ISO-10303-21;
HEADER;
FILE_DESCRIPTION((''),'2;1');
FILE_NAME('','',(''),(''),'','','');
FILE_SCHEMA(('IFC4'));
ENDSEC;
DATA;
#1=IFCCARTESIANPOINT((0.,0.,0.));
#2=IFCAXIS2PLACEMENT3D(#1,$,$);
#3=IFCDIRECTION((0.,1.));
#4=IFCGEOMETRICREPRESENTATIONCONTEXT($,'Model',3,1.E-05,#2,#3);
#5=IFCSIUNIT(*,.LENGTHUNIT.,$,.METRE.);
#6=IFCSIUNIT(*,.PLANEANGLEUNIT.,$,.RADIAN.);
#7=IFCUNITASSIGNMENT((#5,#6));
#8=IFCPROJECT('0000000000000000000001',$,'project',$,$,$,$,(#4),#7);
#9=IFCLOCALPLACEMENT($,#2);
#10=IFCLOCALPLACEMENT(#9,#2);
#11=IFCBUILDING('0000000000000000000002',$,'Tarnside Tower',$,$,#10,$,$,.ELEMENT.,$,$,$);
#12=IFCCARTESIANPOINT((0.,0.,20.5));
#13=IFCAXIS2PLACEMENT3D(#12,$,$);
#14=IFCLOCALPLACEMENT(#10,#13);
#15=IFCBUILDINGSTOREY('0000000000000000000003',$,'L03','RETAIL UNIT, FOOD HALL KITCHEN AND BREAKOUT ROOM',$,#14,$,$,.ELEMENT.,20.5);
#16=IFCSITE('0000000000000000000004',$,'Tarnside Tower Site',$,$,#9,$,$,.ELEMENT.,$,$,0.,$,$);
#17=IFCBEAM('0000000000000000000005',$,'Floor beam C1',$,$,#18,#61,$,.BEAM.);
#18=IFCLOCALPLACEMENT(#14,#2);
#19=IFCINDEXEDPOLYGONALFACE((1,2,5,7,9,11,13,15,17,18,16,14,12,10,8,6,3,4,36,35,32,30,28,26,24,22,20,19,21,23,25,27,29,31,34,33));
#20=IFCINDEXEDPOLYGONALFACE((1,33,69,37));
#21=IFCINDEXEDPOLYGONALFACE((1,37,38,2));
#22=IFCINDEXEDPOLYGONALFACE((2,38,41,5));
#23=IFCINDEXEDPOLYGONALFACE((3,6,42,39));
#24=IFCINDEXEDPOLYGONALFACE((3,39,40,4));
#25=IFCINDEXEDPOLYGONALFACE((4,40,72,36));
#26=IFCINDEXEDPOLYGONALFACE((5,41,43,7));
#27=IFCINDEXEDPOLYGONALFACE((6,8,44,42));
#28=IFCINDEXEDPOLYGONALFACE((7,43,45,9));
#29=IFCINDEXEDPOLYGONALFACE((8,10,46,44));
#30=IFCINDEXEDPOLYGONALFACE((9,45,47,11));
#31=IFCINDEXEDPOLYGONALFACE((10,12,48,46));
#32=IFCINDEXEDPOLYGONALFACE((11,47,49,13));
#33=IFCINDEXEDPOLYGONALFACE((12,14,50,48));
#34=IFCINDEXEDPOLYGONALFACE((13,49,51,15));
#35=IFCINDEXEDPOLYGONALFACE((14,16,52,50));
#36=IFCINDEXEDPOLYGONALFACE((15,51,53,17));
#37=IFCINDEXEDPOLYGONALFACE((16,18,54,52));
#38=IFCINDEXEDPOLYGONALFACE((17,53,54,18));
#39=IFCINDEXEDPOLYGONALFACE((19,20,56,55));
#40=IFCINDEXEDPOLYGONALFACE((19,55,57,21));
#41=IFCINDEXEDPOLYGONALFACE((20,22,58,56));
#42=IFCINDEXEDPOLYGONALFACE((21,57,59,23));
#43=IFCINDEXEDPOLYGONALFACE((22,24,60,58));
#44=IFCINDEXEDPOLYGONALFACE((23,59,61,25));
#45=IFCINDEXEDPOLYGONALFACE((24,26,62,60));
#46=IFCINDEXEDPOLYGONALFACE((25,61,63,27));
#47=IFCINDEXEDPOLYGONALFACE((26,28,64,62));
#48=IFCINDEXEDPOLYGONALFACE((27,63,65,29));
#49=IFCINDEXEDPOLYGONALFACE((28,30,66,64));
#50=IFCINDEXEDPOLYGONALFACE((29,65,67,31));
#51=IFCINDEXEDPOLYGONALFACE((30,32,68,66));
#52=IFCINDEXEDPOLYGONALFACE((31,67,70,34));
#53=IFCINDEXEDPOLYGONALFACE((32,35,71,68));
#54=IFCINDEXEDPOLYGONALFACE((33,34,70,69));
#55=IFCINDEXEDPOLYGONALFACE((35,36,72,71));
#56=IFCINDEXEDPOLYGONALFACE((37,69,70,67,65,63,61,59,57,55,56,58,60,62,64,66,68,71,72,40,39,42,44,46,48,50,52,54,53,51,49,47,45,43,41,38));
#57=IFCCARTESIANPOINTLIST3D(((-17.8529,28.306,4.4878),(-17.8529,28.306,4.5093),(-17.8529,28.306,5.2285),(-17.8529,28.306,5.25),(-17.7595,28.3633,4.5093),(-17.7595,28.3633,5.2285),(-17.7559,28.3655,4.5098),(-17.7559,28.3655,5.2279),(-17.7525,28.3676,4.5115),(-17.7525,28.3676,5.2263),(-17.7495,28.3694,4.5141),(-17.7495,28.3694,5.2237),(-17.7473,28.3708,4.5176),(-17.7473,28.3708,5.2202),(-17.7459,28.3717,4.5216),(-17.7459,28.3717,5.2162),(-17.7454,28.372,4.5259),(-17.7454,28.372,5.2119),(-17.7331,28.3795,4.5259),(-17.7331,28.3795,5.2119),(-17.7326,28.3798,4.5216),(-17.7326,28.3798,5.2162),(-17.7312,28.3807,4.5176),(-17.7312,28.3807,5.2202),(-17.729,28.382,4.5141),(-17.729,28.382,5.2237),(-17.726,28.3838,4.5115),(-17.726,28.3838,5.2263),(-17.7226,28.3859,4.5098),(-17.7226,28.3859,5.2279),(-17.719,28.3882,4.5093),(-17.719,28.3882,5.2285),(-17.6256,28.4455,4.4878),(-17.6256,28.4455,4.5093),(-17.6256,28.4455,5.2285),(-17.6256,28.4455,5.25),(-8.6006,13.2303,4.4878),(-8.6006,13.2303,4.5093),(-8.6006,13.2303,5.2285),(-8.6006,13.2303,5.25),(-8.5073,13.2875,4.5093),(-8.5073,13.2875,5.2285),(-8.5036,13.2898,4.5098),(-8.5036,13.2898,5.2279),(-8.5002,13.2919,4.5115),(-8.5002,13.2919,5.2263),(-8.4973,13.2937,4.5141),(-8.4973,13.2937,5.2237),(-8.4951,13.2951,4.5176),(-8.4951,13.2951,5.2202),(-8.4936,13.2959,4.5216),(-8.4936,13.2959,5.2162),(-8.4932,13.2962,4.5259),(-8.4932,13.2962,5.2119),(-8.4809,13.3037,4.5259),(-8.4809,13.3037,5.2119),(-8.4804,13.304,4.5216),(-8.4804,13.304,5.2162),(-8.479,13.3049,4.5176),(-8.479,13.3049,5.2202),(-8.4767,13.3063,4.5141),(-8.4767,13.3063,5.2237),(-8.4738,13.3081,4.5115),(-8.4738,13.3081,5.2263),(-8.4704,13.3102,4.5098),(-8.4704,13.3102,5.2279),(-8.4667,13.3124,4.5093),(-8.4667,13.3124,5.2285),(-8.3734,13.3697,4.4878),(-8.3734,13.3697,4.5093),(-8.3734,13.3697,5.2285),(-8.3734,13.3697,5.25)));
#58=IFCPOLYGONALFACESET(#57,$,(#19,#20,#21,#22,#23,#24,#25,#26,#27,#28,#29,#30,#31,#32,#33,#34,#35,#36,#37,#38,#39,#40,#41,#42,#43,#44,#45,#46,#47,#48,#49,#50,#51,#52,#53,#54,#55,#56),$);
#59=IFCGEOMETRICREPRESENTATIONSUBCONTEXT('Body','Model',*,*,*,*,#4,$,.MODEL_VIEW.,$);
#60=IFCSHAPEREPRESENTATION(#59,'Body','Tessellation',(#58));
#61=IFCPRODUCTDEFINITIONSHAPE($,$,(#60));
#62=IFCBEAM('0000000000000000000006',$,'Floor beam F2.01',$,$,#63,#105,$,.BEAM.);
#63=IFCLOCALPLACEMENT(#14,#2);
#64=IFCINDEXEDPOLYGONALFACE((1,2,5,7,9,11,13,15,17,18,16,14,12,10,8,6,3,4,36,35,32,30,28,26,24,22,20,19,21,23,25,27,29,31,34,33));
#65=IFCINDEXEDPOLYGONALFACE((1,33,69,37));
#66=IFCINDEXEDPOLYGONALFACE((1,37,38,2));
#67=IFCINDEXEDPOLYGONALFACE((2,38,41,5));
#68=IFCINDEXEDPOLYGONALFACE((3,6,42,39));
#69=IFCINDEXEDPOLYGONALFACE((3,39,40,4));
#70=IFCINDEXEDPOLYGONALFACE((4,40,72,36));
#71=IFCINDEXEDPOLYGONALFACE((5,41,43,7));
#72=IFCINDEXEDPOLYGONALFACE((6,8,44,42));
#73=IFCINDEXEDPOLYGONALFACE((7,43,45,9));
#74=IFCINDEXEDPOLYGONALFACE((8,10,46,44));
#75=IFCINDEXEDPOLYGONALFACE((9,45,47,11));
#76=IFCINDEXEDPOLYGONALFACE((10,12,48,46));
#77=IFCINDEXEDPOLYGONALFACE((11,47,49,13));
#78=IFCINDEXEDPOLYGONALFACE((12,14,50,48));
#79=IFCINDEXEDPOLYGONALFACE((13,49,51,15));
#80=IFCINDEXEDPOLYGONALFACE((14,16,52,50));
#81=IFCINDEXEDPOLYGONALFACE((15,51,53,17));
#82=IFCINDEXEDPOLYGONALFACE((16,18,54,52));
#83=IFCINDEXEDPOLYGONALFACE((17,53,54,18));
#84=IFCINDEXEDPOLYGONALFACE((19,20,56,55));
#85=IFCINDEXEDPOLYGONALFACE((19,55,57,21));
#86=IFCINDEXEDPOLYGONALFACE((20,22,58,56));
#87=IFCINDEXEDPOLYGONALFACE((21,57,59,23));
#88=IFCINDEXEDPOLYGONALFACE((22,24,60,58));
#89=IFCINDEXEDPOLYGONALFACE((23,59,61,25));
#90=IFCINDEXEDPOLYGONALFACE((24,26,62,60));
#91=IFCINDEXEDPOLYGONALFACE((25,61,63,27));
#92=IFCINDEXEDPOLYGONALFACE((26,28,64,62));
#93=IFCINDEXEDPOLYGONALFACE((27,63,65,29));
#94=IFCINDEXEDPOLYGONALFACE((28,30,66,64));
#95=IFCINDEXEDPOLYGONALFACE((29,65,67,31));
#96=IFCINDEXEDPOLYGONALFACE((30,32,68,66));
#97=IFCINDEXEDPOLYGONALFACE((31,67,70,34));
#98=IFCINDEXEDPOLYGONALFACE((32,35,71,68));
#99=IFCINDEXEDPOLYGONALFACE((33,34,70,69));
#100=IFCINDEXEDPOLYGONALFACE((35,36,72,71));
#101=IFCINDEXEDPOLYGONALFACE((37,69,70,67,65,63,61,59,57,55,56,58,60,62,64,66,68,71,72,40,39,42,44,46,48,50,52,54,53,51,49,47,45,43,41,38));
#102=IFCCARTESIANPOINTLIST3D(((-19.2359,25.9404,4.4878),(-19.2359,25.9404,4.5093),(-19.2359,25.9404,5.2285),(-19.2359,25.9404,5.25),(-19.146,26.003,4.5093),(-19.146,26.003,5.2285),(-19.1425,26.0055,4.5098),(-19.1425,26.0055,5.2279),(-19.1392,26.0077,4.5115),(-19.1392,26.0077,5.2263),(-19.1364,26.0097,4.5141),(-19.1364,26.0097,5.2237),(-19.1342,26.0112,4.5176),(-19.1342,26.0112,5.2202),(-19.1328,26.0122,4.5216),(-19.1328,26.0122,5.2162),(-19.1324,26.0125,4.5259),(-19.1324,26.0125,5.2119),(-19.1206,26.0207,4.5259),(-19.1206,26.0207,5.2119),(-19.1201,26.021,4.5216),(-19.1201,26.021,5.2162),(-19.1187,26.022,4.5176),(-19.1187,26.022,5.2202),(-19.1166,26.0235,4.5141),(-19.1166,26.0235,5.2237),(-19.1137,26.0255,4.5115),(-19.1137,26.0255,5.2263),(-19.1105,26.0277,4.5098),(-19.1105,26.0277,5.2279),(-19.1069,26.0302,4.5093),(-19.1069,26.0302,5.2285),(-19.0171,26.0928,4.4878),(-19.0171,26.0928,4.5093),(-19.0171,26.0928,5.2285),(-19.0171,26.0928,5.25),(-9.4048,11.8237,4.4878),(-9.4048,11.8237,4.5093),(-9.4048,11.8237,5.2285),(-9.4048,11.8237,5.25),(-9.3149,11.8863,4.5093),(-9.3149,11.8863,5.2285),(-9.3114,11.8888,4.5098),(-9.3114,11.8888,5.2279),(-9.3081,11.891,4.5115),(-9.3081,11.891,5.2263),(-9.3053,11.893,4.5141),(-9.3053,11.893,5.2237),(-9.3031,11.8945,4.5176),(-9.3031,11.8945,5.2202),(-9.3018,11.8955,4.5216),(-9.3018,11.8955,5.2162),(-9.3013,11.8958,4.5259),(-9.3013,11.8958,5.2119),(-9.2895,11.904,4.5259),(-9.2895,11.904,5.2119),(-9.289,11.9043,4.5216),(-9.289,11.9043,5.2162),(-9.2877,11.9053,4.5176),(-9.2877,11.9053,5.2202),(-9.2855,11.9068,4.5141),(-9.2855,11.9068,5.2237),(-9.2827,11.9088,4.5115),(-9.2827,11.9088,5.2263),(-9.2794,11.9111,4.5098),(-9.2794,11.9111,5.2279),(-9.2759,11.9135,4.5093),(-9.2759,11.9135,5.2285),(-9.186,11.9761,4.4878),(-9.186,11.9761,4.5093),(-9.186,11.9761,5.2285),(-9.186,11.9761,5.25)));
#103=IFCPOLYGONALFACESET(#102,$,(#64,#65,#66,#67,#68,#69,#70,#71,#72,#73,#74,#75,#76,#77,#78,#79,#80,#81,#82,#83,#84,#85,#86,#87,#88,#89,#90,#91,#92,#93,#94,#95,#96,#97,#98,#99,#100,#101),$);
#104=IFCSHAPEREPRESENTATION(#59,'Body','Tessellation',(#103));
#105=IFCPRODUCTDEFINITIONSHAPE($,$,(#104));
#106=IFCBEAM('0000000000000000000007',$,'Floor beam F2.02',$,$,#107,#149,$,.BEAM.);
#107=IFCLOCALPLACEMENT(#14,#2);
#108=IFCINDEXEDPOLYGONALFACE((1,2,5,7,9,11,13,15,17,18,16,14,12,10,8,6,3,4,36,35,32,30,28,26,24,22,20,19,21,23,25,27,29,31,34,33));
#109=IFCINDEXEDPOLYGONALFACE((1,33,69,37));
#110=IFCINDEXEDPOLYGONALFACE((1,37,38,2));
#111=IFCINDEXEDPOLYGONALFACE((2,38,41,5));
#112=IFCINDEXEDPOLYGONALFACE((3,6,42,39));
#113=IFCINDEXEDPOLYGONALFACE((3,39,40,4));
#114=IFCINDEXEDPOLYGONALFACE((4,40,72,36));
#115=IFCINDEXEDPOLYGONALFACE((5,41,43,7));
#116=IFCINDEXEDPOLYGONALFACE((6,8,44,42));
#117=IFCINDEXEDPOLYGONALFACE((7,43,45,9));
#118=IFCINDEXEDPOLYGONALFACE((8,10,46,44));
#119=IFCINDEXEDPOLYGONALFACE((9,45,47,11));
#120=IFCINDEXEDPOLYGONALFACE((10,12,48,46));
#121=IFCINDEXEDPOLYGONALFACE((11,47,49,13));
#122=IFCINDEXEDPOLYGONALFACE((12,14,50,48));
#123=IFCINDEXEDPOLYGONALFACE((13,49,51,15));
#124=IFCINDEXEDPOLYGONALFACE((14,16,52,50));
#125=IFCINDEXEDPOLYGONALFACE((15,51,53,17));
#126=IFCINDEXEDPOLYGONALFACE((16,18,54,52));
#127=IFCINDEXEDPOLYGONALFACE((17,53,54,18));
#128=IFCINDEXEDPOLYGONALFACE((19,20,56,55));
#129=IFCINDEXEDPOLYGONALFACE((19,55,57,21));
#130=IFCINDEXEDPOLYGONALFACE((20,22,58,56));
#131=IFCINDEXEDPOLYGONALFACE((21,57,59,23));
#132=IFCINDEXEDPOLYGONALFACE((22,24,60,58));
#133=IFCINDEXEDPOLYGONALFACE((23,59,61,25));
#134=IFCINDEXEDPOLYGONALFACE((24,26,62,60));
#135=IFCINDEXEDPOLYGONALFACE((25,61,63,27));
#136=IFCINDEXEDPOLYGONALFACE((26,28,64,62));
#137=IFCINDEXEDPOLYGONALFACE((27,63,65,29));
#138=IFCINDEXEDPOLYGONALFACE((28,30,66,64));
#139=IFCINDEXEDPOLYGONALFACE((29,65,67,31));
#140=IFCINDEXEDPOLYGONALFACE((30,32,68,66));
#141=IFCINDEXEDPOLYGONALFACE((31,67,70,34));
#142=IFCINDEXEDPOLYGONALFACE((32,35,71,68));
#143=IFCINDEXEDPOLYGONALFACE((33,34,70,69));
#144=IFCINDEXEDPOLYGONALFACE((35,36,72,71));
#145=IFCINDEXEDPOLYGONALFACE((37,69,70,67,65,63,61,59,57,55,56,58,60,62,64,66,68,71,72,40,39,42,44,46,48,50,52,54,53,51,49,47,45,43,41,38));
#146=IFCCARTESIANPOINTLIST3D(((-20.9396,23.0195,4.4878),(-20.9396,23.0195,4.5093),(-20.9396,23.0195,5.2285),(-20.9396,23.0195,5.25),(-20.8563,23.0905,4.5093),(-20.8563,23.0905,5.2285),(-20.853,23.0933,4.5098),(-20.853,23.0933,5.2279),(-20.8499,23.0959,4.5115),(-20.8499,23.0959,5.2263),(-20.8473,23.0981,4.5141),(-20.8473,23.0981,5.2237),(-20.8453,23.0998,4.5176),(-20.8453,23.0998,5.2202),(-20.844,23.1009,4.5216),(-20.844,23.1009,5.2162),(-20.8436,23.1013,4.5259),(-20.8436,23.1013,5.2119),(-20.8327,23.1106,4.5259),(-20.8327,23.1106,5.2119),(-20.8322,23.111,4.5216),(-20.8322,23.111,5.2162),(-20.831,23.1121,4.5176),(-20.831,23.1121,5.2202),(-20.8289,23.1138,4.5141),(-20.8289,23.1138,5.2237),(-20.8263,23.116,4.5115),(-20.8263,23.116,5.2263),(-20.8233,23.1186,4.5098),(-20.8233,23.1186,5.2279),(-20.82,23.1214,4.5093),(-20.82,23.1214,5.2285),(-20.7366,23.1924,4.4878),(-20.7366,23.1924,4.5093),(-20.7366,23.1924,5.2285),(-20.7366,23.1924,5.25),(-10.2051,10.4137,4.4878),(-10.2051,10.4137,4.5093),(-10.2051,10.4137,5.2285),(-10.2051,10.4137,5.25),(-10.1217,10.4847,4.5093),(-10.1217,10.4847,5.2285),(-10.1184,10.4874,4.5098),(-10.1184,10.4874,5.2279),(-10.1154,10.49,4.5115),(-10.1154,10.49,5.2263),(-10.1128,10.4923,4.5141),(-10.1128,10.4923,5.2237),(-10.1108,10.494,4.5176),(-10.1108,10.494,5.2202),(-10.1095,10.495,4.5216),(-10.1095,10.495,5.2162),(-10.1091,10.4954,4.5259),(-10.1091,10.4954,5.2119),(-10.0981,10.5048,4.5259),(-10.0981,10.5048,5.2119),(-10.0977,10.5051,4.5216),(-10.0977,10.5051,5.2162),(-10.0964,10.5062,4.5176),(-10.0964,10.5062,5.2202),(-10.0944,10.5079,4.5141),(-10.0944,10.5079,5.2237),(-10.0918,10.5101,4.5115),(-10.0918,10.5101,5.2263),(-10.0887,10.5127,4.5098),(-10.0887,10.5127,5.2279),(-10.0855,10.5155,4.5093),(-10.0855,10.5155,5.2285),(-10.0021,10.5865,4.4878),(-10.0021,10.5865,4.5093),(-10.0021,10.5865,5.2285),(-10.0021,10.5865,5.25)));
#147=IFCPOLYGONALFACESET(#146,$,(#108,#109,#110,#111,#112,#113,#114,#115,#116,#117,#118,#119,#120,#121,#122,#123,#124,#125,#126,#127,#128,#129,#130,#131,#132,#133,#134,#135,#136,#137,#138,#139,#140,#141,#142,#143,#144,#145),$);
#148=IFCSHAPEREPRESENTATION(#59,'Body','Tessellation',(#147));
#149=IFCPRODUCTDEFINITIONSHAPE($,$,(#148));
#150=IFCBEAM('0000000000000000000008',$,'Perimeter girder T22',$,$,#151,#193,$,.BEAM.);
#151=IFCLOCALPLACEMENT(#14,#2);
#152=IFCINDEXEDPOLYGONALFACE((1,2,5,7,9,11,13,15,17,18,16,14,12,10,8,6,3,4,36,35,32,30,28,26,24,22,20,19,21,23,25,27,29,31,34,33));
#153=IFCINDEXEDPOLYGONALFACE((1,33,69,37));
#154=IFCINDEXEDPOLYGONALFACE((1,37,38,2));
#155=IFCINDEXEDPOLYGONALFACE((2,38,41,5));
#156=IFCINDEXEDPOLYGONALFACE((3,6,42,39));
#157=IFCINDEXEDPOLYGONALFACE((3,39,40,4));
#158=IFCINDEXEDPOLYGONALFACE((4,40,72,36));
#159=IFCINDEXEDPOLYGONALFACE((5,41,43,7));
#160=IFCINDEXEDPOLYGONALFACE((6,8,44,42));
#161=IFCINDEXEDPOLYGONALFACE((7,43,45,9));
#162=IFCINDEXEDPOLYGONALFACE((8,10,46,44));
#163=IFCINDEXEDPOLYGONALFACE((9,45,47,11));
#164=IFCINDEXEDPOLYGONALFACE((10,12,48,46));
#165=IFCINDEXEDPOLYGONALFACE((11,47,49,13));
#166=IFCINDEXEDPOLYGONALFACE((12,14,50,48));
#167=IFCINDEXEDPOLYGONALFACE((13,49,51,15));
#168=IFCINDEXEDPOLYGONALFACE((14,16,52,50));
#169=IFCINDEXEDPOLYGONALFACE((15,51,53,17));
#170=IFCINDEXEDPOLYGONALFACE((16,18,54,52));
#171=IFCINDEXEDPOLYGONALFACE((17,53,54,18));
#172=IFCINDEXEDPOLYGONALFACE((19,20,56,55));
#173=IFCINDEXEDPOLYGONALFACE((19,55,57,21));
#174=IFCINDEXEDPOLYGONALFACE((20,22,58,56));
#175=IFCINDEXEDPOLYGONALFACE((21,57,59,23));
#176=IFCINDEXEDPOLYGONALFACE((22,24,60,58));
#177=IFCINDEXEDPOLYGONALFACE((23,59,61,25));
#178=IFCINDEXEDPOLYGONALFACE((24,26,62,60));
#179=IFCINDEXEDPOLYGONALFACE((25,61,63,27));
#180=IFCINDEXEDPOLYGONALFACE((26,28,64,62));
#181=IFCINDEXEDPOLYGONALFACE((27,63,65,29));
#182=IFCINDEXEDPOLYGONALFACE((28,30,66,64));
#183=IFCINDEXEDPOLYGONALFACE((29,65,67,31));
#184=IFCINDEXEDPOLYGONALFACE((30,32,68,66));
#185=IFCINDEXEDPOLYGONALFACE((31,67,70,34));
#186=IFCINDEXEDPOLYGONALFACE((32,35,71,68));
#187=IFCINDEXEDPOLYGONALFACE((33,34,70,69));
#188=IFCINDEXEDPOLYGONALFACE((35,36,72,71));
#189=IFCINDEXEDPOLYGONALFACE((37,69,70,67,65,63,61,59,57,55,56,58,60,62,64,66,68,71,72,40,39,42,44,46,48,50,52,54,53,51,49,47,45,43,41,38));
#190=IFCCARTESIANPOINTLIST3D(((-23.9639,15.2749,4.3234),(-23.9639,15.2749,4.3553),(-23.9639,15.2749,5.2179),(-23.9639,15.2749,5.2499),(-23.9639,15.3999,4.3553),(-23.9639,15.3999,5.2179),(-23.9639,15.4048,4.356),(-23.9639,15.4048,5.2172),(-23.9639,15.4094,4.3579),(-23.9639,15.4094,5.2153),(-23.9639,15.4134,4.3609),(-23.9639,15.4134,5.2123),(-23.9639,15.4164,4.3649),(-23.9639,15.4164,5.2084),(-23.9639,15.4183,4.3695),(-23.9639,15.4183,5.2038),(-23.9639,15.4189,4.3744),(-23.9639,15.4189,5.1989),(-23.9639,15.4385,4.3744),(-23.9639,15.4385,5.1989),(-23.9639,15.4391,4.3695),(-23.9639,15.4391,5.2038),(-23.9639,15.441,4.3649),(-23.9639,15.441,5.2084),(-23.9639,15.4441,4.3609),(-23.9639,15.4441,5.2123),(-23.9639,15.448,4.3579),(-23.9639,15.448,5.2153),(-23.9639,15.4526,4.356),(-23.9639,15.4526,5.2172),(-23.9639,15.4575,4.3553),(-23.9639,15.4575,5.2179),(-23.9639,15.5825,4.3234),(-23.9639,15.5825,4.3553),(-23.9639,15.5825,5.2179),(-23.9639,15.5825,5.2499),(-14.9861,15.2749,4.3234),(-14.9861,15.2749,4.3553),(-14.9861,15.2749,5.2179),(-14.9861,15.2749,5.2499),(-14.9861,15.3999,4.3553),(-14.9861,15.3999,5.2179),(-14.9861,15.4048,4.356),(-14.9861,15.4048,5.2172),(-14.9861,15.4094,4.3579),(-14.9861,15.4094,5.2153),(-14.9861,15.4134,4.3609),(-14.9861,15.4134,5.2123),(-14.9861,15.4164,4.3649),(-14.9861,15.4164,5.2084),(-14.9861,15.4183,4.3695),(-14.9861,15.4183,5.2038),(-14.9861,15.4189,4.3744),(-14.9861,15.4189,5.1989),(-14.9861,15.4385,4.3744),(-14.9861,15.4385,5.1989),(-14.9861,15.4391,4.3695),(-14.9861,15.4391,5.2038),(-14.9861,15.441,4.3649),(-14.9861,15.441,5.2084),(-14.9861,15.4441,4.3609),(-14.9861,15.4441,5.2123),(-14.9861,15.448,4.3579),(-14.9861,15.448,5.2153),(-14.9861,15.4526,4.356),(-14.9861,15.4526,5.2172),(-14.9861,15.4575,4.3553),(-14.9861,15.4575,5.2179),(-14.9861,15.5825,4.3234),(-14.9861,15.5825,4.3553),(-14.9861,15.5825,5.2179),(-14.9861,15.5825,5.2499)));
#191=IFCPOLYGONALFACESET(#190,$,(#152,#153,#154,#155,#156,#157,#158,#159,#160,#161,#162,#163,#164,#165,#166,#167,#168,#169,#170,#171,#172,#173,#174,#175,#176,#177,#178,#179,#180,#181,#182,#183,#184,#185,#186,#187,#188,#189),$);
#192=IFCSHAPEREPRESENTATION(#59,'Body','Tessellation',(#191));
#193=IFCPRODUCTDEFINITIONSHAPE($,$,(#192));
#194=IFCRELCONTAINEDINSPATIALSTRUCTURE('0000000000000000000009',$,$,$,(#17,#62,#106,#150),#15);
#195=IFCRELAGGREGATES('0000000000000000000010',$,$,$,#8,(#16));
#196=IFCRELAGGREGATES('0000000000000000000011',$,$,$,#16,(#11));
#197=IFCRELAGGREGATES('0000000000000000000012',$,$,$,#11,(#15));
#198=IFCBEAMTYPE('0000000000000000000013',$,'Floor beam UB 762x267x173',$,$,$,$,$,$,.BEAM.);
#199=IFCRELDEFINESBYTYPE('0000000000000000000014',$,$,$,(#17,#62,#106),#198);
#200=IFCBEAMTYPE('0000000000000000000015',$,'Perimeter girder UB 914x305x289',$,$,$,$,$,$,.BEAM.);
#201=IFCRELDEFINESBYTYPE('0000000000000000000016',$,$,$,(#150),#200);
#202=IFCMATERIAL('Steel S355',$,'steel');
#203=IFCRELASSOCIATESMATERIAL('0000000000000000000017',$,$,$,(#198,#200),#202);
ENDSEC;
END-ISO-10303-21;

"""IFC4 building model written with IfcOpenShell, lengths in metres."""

from ifc_helpers import new_model, si_unit, direction, frame, origin, origin_2d, place, context, subcontext, project, spatial, i_section, extrude, material, material_profile, profile_set, type_object, element, save


model = new_model("IFC4")

# Units and contexts
model_context = context("Model", 3, precision=1e-05, world=origin(), true_north=direction((0.0, 1.0)))
body_context = subcontext(model_context, "Body", "Model", "MODEL_VIEW")
ifc_project = project(units=[si_unit("LENGTHUNIT", "METRE"), si_unit("PLANEANGLEUNIT", "RADIAN")], contexts=[model_context])

# Site, building, storey
site_placement = place(None, origin())
site = spatial("IfcSite", under=ifc_project, at=site_placement, Name="Tarnside Tower Site", CompositionType="ELEMENT", RefElevation=0.0)
building_placement = place(site_placement, origin())
building = spatial("IfcBuilding", under=site, at=building_placement, Name="Tarnside Tower", CompositionType="ELEMENT")
storey_placement = place(building_placement, frame((0.0, 0.0, 20.5)))
storey = spatial("IfcBuildingStorey", under=building, at=storey_placement, Name="L03", Description="RETAIL UNIT, FOOD HALL KITCHEN AND BREAKOUT ROOM", CompositionType="ELEMENT", Elevation=20.5)

# Beams
ifc_material_1 = material(Name="Steel S355", Category="steel")
ifc_material_profile_1 = material_profile(ifc_material_1, i_section(OverallWidth=0.2666, OverallDepth=0.7622, WebThickness=0.0144, FlangeThickness=0.0215, FilletRadius=0.0166, at=origin_2d()), Name="UB 762x267x173")
ifc_profile_set_1 = profile_set([ifc_material_profile_1], Name="Steel S355")
beam_type_1 = type_object("IfcBeamType", Name="Floor beam UB 762x267x173", PredefinedType="BEAM", material=ifc_profile_set_1)
beam_1_placement = place(storey_placement, frame((-17.7393, 28.3757, 4.8689), z_axis=(0.523066, -0.852292, 0.0), x_axis=(0.852292, 0.523066, 0.0)))
element("IfcBeam", 1, at=beam_1_placement, inside=storey, type_object=beam_type_1, Name="Floor beam C1", PredefinedType="BEAM", context=body_context, shape_type="SweptSolid", body=[
    extrude(i_section(OverallWidth=0.2666, OverallDepth=0.7622, WebThickness=0.0144, FlangeThickness=0.0215, FilletRadius=0.0166, at=origin_2d()), origin(), (0.0, 0.0, 1.0), 17.6885),
])
beam_2_placement = place(storey_placement, frame((-19.1265, 26.0166, 4.8689), z_axis=(0.571485, -0.820612, 0.0), x_axis=(0.820612, 0.571485, 0.0)))
element("IfcBeam", 2, at=beam_2_placement, inside=storey, type_object=beam_type_1, Name="Floor beam F2.01", PredefinedType="BEAM", context=body_context, shape_type="SweptSolid", body=[
    extrude(i_section(OverallWidth=0.2666, OverallDepth=0.7622, WebThickness=0.0144, FlangeThickness=0.0215, FilletRadius=0.0166, at=origin_2d()), origin(), (0.0, 0.0, 1.0), 17.2026),
])
beam_3_placement = place(storey_placement, frame((-20.8381, 23.106, 4.8689), z_axis=(0.648334, -0.761356, 0.0), x_axis=(0.761356, 0.648334, 0.0)))
element("IfcBeam", 3, at=beam_3_placement, inside=storey, type_object=beam_type_1, Name="Floor beam F2.02", PredefinedType="BEAM", context=body_context, shape_type="SweptSolid", body=[
    extrude(i_section(OverallWidth=0.2666, OverallDepth=0.7622, WebThickness=0.0144, FlangeThickness=0.0215, FilletRadius=0.0166, at=origin_2d()), origin(), (0.0, 0.0, 1.0), 16.5571),
])
ifc_material_profile_2 = material_profile(ifc_material_1, i_section(OverallWidth=0.3076, OverallDepth=0.9265, WebThickness=0.0195, FlangeThickness=0.032, FilletRadius=0.019, at=origin_2d()), Name="UB 914x305x289")
ifc_profile_set_2 = profile_set([ifc_material_profile_2], Name="Steel S355")
beam_type_2 = type_object("IfcBeamType", Name="Perimeter girder UB 914x305x289", PredefinedType="BEAM", material=ifc_profile_set_2)
beam_4_placement = place(storey_placement, frame((-23.9639, 15.4287, 4.7866), z_axis=(1.0, 0.0, 0.0), x_axis=(0.0, 1.0, 0.0)))
element("IfcBeam", 4, at=beam_4_placement, inside=storey, type_object=beam_type_2, Name="Perimeter girder T22", PredefinedType="BEAM", context=body_context, shape_type="SweptSolid", body=[
    extrude(i_section(OverallWidth=0.3076, OverallDepth=0.9265, WebThickness=0.0195, FlangeThickness=0.032, FilletRadius=0.019, at=origin_2d()), origin(), (0.0, 0.0, 1.0), 8.9778),
])

save(model, "model.ifc")
